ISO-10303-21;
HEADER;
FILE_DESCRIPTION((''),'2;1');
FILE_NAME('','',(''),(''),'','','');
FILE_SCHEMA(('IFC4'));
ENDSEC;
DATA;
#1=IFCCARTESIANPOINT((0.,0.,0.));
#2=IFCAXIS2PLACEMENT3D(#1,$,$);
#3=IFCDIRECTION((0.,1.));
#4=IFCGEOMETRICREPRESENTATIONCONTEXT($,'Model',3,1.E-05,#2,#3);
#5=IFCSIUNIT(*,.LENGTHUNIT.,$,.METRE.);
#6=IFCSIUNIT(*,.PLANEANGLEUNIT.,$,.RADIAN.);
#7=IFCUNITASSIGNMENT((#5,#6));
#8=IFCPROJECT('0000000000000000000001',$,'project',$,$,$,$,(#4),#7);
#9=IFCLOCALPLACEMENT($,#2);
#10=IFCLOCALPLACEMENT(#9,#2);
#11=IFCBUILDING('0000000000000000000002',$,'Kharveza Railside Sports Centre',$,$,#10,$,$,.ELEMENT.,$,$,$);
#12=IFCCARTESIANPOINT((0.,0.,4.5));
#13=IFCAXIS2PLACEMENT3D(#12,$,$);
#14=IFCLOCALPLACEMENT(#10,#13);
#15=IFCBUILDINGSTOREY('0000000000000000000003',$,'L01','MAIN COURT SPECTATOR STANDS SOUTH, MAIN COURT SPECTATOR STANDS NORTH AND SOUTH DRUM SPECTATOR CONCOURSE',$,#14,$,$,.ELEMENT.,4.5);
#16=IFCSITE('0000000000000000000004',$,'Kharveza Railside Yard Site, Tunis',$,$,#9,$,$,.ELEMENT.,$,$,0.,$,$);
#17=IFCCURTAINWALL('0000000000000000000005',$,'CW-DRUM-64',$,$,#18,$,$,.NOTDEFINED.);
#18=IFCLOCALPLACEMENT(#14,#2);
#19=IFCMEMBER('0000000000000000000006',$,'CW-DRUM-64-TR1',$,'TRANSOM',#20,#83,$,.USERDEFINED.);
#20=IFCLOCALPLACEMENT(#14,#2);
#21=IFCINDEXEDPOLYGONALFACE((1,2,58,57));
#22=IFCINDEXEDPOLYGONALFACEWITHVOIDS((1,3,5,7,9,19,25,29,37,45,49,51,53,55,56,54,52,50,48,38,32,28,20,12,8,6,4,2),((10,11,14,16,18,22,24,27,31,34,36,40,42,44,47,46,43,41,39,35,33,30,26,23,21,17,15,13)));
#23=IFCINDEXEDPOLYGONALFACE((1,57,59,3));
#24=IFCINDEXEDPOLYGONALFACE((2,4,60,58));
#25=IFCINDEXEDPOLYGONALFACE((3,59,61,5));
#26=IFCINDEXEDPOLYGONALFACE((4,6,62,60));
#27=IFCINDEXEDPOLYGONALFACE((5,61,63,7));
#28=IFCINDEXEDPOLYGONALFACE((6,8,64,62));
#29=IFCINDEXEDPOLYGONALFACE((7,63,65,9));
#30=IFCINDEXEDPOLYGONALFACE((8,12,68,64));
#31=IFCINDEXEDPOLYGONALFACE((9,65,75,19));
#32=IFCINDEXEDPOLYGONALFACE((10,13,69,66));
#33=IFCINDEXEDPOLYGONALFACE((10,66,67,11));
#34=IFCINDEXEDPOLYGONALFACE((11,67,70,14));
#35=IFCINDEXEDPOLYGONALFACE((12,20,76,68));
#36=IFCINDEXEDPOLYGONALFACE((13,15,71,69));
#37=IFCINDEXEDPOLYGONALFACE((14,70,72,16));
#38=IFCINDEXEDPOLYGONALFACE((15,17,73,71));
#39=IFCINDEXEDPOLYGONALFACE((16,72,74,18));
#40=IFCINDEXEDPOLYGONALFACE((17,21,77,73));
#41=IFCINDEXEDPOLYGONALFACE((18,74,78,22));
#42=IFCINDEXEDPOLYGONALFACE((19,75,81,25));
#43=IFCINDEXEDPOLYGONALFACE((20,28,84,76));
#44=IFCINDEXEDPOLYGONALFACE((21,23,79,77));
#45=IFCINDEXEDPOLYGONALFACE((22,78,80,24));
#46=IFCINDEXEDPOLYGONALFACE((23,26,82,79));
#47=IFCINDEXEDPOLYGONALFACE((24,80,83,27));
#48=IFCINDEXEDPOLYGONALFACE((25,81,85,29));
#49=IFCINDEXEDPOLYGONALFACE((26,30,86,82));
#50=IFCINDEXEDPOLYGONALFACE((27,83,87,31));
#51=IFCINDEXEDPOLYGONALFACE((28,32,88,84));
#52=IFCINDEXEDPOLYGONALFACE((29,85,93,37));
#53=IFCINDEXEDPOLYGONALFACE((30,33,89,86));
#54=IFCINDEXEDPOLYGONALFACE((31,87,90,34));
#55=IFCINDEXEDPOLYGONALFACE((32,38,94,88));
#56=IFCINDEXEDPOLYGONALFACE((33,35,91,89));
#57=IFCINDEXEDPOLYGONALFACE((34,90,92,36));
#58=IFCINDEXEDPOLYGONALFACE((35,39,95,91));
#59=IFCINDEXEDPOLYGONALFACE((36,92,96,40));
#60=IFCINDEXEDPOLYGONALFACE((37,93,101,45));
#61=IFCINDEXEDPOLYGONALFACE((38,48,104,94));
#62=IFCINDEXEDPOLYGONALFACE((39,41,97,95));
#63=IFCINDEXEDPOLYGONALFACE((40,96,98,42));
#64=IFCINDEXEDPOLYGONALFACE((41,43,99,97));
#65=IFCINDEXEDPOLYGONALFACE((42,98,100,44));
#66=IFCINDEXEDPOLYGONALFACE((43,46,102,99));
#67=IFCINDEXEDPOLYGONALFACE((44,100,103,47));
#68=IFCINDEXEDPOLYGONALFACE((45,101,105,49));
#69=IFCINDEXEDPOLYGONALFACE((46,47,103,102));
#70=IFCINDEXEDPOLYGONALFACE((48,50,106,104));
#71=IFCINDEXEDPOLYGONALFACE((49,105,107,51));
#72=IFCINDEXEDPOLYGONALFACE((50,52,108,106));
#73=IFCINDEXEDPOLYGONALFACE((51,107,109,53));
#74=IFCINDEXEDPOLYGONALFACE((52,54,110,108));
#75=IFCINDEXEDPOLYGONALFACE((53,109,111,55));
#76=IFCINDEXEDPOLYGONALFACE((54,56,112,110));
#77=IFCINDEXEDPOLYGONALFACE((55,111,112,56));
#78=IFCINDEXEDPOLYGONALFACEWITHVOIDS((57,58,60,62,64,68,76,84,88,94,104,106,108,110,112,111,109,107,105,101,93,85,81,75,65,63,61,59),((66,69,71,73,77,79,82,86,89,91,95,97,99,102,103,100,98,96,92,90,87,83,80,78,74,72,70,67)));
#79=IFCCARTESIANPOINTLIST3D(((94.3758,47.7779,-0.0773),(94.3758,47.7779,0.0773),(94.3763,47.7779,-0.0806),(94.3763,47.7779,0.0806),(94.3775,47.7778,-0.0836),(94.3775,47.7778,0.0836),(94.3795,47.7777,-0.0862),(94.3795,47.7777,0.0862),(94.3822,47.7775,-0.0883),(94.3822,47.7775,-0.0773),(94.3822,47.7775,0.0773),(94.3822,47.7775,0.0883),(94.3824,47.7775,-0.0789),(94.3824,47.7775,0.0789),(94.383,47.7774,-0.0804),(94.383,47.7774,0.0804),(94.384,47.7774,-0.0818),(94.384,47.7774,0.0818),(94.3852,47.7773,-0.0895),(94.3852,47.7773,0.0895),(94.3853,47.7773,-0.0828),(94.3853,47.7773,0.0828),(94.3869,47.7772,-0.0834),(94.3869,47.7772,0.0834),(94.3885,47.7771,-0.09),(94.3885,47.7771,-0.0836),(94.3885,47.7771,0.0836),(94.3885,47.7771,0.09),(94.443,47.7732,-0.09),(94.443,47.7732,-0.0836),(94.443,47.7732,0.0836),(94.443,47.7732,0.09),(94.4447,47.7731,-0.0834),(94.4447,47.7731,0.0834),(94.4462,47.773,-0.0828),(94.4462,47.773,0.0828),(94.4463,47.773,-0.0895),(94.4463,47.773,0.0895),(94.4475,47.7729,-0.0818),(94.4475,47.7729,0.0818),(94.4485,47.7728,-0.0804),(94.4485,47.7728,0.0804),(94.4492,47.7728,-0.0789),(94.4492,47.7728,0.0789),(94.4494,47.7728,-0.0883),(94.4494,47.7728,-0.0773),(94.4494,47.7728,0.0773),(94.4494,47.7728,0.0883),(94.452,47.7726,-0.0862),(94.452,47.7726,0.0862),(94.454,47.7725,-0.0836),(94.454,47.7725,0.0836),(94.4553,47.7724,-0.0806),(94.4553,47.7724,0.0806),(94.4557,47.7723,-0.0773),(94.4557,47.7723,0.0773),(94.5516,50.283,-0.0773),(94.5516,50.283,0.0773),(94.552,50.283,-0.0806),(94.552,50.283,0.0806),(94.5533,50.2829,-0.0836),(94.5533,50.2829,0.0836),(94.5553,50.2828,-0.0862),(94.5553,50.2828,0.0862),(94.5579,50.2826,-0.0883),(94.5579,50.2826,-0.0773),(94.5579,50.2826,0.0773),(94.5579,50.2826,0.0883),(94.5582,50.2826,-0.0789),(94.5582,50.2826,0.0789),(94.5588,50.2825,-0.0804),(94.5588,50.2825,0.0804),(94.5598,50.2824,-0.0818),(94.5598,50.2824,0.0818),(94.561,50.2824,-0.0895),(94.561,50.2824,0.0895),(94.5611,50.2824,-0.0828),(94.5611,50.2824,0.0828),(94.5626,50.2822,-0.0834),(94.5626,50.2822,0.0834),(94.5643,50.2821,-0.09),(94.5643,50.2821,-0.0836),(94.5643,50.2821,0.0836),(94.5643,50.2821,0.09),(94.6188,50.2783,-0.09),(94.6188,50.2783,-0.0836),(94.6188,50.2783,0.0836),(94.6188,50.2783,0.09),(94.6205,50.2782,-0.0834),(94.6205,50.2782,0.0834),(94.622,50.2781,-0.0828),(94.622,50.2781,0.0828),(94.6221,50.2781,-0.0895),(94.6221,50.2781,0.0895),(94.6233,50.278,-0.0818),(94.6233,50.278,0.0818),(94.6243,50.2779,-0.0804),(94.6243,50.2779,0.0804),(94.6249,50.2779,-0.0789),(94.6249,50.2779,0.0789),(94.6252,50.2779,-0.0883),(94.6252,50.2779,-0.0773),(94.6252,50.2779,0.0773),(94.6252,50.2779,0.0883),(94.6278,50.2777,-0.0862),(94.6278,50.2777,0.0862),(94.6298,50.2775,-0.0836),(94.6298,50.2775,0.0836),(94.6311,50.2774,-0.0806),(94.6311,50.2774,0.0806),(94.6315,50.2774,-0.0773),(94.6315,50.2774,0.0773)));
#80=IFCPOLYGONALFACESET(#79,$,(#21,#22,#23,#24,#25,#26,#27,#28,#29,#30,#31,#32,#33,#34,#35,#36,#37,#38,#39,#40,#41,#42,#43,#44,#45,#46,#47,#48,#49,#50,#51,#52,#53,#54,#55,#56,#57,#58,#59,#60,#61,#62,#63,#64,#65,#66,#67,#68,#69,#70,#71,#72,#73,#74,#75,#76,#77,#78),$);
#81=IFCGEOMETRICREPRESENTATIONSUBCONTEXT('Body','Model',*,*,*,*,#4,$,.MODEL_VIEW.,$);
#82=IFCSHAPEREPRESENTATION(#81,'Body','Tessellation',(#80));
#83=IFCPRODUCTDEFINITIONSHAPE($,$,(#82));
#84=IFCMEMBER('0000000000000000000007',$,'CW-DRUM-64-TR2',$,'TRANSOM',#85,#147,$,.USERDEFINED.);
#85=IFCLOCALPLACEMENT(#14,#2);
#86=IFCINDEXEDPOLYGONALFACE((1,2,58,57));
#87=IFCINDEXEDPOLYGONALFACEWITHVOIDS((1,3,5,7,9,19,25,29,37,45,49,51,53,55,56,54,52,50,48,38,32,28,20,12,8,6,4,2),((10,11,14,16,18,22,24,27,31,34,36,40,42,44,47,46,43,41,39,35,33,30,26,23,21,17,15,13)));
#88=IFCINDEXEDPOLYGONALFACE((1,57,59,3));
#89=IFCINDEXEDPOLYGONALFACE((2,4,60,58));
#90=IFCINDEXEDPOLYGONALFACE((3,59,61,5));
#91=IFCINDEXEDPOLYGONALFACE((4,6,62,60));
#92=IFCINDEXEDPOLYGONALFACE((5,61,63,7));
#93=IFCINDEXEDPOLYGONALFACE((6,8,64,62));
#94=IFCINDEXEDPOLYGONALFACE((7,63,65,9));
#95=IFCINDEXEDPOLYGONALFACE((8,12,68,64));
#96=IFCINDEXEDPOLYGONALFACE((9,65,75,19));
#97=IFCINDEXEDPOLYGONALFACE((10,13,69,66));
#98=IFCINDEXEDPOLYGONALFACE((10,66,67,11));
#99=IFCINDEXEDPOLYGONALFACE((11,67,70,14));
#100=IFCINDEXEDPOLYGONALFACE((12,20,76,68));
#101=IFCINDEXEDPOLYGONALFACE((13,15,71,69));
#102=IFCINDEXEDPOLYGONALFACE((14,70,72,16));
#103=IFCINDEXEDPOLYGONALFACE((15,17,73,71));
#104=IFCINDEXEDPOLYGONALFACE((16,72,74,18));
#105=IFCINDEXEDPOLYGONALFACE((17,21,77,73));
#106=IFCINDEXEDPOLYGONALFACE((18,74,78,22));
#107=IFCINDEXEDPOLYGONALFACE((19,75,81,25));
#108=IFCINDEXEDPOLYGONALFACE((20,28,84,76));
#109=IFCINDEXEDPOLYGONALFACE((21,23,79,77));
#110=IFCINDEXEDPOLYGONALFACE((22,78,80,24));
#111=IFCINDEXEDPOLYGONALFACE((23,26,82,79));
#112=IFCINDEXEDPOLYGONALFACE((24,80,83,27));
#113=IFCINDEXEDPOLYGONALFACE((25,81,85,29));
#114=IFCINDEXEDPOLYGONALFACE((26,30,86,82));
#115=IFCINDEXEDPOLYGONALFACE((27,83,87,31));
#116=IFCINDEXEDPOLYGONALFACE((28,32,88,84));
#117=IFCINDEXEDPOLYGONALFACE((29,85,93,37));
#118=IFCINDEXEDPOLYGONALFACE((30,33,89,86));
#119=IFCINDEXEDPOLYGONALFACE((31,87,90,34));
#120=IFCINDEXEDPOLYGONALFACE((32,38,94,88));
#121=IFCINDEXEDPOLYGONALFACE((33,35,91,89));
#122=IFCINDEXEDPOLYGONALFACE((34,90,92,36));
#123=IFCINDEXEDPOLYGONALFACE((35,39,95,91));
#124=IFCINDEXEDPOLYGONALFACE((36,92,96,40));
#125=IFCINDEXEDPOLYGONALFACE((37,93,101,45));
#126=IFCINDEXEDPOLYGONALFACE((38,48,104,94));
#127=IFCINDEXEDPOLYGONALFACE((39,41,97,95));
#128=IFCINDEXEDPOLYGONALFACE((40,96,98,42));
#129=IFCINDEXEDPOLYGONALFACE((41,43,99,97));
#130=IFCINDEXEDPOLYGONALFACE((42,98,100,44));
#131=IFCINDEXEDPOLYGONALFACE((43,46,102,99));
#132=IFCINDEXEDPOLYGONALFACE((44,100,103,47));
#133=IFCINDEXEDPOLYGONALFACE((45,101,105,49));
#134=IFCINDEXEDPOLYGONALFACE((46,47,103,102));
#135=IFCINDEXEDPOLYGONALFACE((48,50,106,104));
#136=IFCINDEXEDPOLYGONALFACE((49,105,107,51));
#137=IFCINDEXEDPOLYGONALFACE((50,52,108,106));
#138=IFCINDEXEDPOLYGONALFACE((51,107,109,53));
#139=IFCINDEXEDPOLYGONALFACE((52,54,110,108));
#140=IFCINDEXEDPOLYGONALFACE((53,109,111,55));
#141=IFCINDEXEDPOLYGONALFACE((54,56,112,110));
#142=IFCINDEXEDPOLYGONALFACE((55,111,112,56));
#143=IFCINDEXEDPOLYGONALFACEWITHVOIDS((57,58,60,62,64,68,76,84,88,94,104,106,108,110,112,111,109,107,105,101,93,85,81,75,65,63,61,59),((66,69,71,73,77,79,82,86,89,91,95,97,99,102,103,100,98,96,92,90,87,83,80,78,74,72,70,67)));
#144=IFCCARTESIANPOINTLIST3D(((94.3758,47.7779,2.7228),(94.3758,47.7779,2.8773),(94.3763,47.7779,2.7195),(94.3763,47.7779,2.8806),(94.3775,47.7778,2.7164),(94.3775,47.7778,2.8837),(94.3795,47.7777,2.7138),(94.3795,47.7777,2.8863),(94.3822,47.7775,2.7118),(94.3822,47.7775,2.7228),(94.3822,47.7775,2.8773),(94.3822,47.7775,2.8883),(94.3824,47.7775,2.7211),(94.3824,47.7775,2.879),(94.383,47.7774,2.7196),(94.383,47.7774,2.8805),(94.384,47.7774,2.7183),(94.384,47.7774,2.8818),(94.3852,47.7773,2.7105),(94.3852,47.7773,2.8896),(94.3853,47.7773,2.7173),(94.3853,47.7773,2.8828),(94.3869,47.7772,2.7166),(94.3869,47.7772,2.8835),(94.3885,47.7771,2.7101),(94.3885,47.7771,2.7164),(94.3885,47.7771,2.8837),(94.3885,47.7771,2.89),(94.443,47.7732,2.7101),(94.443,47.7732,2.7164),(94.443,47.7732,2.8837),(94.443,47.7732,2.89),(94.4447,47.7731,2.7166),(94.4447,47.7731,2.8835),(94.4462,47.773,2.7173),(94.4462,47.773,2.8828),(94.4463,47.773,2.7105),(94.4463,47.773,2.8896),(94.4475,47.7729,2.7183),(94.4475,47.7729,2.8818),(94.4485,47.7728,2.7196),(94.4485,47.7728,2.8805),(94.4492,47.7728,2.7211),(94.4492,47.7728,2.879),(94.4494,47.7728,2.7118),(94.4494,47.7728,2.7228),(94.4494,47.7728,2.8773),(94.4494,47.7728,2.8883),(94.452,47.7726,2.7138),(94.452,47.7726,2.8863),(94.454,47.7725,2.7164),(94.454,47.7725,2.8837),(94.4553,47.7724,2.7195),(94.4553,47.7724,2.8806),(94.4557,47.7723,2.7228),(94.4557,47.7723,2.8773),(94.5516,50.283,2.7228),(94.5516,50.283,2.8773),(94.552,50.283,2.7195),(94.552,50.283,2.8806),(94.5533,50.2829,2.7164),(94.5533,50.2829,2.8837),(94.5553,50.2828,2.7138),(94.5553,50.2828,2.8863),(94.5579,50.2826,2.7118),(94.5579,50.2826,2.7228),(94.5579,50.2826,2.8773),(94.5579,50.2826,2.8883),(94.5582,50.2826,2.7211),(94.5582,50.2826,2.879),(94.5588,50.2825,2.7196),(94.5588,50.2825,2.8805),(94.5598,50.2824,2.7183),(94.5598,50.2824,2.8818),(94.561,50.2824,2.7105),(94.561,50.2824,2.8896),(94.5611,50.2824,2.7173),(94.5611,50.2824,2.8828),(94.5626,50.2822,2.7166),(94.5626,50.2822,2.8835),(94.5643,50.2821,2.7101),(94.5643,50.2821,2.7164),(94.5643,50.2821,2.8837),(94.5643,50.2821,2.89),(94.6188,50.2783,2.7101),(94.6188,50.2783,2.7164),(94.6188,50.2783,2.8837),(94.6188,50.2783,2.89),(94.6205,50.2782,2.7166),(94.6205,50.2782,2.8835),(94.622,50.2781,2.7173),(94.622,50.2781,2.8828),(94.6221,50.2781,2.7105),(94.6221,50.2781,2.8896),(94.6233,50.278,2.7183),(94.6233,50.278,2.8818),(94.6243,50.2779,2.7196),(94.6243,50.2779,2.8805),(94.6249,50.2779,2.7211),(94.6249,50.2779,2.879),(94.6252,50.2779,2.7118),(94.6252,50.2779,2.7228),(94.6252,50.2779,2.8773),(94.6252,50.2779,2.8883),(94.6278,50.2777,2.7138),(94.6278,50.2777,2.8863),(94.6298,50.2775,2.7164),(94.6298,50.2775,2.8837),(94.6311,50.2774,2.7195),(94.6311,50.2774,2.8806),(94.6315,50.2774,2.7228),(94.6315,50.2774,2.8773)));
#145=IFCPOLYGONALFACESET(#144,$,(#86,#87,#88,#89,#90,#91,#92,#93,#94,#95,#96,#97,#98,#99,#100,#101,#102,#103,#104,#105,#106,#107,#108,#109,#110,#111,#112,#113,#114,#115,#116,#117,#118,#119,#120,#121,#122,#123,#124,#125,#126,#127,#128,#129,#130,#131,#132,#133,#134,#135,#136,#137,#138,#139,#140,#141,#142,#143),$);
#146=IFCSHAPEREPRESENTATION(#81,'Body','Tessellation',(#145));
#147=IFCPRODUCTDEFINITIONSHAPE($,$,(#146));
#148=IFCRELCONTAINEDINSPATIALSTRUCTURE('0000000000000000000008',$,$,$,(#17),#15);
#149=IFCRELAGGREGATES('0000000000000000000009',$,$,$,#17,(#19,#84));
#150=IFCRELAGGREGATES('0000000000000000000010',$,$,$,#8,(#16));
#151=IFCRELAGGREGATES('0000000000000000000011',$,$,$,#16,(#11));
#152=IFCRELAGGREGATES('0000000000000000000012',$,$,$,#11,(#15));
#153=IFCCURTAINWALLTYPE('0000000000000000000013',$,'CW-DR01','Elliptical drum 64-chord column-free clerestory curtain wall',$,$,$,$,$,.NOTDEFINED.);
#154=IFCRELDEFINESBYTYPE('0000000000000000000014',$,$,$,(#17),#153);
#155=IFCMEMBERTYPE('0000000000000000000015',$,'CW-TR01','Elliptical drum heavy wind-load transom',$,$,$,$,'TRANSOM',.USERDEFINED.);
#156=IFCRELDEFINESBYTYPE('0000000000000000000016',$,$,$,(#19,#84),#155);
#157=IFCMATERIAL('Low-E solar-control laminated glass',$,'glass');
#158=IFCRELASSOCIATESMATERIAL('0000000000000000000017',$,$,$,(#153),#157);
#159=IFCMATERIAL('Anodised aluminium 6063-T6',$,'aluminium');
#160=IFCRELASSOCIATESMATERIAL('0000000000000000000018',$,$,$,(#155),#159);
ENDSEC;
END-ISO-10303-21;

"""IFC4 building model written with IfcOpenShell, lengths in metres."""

from ifc_helpers import new_model, si_unit, direction, frame, origin, origin_2d, place, context, subcontext, project, spatial, hollow_rectangle, extrude, material, material_profile, profile_set, type_object, element, aggregate, save


model = new_model("IFC4")

# Units and contexts
model_context = context("Model", 3, precision=1e-05, world=origin(), true_north=direction((0.0, 1.0)))
body_context = subcontext(model_context, "Body", "Model", "MODEL_VIEW")
ifc_project = project(units=[si_unit("LENGTHUNIT", "METRE"), si_unit("PLANEANGLEUNIT", "RADIAN")], contexts=[model_context])

# Site, building, storey
site_placement = place(None, origin())
site = spatial("IfcSite", under=ifc_project, at=site_placement, Name="Kharveza Railside Yard Site, Tunis", CompositionType="ELEMENT", RefElevation=0.0)
building_placement = place(site_placement, origin())
building = spatial("IfcBuilding", under=site, at=building_placement, Name="Kharveza Railside Sports Centre", CompositionType="ELEMENT")
storey_placement = place(building_placement, frame((0.0, 0.0, 4.5)))
storey = spatial("IfcBuildingStorey", under=building, at=storey_placement, Name="L01", Description="MAIN COURT SPECTATOR STANDS SOUTH, MAIN COURT SPECTATOR STANDS NORTH AND SOUTH DRUM SPECTATOR CONCOURSE", CompositionType="ELEMENT", Elevation=4.5)

# Shared definitions
ifc_material_1 = material(Name="Low-E solar-control laminated glass", Category="glass")
curtain_wall_type = type_object("IfcCurtainWallType", Name="CW-DR01", Description="Elliptical drum 64-chord column-free clerestory curtain wall", PredefinedType="NOTDEFINED", material=ifc_material_1)
ifc_material_2 = material(Name="Anodised aluminium 6063-T6", Category="aluminium")

# Curtain wall
curtain_wall_1_placement = place(storey_placement, origin())
curtain_wall_1 = element("IfcCurtainWall", 1, at=curtain_wall_1_placement, inside=storey, type_object=curtain_wall_type, Name="CW-DRUM-64", PredefinedType="NOTDEFINED")

# Members
ifc_material_profile_1 = material_profile(ifc_material_2, hollow_rectangle(XDim=0.0801, YDim=0.1799, WallThickness=0.0063, InnerFilletRadius=0.0063, OuterFilletRadius=0.0127, at=origin_2d()), Name="RHS 80x180x6.3")
ifc_profile_set_1 = profile_set([ifc_material_profile_1], Name="Anodised aluminium 6063-T6")
member_type_1 = type_object("IfcMemberType", Name="CW-TR01", Description="Elliptical drum heavy wind-load transom", ElementType="TRANSOM", PredefinedType="USERDEFINED", material=ifc_profile_set_1)
member_1_placement = place(storey_placement, frame((94.4158, 47.7751, 0.0), z_axis=(0.069996, 0.997547, 0.0), x_axis=(-0.997547, 0.069996, 0.0)))
member_1 = element("IfcMember", 2, at=member_1_placement, type_object=member_type_1, Name="CW-DRUM-64-TR1", ObjectType="TRANSOM", PredefinedType="USERDEFINED", context=body_context, shape_type="SweptSolid", body=[
    extrude(hollow_rectangle(XDim=0.0801, YDim=0.1799, WallThickness=0.0063, InnerFilletRadius=0.0063, OuterFilletRadius=0.0127, at=origin_2d()), origin(), (0.0, 0.0, 1.0), 2.5112),
])
member_2_placement = place(storey_placement, frame((94.4158, 47.7751, 2.8), z_axis=(0.069996, 0.997547, 0.0), x_axis=(-0.997547, 0.069996, 0.0)))
member_2 = element("IfcMember", 3, at=member_2_placement, type_object=member_type_1, Name="CW-DRUM-64-TR2", ObjectType="TRANSOM", PredefinedType="USERDEFINED", context=body_context, shape_type="SweptSolid", body=[
    extrude(hollow_rectangle(XDim=0.0801, YDim=0.1799, WallThickness=0.0063, InnerFilletRadius=0.0063, OuterFilletRadius=0.0127, at=origin_2d()), origin(), (0.0, 0.0, 1.0), 2.5112),
])

aggregate(curtain_wall_1, [member_1, member_2])

save(model, "model.ifc")
